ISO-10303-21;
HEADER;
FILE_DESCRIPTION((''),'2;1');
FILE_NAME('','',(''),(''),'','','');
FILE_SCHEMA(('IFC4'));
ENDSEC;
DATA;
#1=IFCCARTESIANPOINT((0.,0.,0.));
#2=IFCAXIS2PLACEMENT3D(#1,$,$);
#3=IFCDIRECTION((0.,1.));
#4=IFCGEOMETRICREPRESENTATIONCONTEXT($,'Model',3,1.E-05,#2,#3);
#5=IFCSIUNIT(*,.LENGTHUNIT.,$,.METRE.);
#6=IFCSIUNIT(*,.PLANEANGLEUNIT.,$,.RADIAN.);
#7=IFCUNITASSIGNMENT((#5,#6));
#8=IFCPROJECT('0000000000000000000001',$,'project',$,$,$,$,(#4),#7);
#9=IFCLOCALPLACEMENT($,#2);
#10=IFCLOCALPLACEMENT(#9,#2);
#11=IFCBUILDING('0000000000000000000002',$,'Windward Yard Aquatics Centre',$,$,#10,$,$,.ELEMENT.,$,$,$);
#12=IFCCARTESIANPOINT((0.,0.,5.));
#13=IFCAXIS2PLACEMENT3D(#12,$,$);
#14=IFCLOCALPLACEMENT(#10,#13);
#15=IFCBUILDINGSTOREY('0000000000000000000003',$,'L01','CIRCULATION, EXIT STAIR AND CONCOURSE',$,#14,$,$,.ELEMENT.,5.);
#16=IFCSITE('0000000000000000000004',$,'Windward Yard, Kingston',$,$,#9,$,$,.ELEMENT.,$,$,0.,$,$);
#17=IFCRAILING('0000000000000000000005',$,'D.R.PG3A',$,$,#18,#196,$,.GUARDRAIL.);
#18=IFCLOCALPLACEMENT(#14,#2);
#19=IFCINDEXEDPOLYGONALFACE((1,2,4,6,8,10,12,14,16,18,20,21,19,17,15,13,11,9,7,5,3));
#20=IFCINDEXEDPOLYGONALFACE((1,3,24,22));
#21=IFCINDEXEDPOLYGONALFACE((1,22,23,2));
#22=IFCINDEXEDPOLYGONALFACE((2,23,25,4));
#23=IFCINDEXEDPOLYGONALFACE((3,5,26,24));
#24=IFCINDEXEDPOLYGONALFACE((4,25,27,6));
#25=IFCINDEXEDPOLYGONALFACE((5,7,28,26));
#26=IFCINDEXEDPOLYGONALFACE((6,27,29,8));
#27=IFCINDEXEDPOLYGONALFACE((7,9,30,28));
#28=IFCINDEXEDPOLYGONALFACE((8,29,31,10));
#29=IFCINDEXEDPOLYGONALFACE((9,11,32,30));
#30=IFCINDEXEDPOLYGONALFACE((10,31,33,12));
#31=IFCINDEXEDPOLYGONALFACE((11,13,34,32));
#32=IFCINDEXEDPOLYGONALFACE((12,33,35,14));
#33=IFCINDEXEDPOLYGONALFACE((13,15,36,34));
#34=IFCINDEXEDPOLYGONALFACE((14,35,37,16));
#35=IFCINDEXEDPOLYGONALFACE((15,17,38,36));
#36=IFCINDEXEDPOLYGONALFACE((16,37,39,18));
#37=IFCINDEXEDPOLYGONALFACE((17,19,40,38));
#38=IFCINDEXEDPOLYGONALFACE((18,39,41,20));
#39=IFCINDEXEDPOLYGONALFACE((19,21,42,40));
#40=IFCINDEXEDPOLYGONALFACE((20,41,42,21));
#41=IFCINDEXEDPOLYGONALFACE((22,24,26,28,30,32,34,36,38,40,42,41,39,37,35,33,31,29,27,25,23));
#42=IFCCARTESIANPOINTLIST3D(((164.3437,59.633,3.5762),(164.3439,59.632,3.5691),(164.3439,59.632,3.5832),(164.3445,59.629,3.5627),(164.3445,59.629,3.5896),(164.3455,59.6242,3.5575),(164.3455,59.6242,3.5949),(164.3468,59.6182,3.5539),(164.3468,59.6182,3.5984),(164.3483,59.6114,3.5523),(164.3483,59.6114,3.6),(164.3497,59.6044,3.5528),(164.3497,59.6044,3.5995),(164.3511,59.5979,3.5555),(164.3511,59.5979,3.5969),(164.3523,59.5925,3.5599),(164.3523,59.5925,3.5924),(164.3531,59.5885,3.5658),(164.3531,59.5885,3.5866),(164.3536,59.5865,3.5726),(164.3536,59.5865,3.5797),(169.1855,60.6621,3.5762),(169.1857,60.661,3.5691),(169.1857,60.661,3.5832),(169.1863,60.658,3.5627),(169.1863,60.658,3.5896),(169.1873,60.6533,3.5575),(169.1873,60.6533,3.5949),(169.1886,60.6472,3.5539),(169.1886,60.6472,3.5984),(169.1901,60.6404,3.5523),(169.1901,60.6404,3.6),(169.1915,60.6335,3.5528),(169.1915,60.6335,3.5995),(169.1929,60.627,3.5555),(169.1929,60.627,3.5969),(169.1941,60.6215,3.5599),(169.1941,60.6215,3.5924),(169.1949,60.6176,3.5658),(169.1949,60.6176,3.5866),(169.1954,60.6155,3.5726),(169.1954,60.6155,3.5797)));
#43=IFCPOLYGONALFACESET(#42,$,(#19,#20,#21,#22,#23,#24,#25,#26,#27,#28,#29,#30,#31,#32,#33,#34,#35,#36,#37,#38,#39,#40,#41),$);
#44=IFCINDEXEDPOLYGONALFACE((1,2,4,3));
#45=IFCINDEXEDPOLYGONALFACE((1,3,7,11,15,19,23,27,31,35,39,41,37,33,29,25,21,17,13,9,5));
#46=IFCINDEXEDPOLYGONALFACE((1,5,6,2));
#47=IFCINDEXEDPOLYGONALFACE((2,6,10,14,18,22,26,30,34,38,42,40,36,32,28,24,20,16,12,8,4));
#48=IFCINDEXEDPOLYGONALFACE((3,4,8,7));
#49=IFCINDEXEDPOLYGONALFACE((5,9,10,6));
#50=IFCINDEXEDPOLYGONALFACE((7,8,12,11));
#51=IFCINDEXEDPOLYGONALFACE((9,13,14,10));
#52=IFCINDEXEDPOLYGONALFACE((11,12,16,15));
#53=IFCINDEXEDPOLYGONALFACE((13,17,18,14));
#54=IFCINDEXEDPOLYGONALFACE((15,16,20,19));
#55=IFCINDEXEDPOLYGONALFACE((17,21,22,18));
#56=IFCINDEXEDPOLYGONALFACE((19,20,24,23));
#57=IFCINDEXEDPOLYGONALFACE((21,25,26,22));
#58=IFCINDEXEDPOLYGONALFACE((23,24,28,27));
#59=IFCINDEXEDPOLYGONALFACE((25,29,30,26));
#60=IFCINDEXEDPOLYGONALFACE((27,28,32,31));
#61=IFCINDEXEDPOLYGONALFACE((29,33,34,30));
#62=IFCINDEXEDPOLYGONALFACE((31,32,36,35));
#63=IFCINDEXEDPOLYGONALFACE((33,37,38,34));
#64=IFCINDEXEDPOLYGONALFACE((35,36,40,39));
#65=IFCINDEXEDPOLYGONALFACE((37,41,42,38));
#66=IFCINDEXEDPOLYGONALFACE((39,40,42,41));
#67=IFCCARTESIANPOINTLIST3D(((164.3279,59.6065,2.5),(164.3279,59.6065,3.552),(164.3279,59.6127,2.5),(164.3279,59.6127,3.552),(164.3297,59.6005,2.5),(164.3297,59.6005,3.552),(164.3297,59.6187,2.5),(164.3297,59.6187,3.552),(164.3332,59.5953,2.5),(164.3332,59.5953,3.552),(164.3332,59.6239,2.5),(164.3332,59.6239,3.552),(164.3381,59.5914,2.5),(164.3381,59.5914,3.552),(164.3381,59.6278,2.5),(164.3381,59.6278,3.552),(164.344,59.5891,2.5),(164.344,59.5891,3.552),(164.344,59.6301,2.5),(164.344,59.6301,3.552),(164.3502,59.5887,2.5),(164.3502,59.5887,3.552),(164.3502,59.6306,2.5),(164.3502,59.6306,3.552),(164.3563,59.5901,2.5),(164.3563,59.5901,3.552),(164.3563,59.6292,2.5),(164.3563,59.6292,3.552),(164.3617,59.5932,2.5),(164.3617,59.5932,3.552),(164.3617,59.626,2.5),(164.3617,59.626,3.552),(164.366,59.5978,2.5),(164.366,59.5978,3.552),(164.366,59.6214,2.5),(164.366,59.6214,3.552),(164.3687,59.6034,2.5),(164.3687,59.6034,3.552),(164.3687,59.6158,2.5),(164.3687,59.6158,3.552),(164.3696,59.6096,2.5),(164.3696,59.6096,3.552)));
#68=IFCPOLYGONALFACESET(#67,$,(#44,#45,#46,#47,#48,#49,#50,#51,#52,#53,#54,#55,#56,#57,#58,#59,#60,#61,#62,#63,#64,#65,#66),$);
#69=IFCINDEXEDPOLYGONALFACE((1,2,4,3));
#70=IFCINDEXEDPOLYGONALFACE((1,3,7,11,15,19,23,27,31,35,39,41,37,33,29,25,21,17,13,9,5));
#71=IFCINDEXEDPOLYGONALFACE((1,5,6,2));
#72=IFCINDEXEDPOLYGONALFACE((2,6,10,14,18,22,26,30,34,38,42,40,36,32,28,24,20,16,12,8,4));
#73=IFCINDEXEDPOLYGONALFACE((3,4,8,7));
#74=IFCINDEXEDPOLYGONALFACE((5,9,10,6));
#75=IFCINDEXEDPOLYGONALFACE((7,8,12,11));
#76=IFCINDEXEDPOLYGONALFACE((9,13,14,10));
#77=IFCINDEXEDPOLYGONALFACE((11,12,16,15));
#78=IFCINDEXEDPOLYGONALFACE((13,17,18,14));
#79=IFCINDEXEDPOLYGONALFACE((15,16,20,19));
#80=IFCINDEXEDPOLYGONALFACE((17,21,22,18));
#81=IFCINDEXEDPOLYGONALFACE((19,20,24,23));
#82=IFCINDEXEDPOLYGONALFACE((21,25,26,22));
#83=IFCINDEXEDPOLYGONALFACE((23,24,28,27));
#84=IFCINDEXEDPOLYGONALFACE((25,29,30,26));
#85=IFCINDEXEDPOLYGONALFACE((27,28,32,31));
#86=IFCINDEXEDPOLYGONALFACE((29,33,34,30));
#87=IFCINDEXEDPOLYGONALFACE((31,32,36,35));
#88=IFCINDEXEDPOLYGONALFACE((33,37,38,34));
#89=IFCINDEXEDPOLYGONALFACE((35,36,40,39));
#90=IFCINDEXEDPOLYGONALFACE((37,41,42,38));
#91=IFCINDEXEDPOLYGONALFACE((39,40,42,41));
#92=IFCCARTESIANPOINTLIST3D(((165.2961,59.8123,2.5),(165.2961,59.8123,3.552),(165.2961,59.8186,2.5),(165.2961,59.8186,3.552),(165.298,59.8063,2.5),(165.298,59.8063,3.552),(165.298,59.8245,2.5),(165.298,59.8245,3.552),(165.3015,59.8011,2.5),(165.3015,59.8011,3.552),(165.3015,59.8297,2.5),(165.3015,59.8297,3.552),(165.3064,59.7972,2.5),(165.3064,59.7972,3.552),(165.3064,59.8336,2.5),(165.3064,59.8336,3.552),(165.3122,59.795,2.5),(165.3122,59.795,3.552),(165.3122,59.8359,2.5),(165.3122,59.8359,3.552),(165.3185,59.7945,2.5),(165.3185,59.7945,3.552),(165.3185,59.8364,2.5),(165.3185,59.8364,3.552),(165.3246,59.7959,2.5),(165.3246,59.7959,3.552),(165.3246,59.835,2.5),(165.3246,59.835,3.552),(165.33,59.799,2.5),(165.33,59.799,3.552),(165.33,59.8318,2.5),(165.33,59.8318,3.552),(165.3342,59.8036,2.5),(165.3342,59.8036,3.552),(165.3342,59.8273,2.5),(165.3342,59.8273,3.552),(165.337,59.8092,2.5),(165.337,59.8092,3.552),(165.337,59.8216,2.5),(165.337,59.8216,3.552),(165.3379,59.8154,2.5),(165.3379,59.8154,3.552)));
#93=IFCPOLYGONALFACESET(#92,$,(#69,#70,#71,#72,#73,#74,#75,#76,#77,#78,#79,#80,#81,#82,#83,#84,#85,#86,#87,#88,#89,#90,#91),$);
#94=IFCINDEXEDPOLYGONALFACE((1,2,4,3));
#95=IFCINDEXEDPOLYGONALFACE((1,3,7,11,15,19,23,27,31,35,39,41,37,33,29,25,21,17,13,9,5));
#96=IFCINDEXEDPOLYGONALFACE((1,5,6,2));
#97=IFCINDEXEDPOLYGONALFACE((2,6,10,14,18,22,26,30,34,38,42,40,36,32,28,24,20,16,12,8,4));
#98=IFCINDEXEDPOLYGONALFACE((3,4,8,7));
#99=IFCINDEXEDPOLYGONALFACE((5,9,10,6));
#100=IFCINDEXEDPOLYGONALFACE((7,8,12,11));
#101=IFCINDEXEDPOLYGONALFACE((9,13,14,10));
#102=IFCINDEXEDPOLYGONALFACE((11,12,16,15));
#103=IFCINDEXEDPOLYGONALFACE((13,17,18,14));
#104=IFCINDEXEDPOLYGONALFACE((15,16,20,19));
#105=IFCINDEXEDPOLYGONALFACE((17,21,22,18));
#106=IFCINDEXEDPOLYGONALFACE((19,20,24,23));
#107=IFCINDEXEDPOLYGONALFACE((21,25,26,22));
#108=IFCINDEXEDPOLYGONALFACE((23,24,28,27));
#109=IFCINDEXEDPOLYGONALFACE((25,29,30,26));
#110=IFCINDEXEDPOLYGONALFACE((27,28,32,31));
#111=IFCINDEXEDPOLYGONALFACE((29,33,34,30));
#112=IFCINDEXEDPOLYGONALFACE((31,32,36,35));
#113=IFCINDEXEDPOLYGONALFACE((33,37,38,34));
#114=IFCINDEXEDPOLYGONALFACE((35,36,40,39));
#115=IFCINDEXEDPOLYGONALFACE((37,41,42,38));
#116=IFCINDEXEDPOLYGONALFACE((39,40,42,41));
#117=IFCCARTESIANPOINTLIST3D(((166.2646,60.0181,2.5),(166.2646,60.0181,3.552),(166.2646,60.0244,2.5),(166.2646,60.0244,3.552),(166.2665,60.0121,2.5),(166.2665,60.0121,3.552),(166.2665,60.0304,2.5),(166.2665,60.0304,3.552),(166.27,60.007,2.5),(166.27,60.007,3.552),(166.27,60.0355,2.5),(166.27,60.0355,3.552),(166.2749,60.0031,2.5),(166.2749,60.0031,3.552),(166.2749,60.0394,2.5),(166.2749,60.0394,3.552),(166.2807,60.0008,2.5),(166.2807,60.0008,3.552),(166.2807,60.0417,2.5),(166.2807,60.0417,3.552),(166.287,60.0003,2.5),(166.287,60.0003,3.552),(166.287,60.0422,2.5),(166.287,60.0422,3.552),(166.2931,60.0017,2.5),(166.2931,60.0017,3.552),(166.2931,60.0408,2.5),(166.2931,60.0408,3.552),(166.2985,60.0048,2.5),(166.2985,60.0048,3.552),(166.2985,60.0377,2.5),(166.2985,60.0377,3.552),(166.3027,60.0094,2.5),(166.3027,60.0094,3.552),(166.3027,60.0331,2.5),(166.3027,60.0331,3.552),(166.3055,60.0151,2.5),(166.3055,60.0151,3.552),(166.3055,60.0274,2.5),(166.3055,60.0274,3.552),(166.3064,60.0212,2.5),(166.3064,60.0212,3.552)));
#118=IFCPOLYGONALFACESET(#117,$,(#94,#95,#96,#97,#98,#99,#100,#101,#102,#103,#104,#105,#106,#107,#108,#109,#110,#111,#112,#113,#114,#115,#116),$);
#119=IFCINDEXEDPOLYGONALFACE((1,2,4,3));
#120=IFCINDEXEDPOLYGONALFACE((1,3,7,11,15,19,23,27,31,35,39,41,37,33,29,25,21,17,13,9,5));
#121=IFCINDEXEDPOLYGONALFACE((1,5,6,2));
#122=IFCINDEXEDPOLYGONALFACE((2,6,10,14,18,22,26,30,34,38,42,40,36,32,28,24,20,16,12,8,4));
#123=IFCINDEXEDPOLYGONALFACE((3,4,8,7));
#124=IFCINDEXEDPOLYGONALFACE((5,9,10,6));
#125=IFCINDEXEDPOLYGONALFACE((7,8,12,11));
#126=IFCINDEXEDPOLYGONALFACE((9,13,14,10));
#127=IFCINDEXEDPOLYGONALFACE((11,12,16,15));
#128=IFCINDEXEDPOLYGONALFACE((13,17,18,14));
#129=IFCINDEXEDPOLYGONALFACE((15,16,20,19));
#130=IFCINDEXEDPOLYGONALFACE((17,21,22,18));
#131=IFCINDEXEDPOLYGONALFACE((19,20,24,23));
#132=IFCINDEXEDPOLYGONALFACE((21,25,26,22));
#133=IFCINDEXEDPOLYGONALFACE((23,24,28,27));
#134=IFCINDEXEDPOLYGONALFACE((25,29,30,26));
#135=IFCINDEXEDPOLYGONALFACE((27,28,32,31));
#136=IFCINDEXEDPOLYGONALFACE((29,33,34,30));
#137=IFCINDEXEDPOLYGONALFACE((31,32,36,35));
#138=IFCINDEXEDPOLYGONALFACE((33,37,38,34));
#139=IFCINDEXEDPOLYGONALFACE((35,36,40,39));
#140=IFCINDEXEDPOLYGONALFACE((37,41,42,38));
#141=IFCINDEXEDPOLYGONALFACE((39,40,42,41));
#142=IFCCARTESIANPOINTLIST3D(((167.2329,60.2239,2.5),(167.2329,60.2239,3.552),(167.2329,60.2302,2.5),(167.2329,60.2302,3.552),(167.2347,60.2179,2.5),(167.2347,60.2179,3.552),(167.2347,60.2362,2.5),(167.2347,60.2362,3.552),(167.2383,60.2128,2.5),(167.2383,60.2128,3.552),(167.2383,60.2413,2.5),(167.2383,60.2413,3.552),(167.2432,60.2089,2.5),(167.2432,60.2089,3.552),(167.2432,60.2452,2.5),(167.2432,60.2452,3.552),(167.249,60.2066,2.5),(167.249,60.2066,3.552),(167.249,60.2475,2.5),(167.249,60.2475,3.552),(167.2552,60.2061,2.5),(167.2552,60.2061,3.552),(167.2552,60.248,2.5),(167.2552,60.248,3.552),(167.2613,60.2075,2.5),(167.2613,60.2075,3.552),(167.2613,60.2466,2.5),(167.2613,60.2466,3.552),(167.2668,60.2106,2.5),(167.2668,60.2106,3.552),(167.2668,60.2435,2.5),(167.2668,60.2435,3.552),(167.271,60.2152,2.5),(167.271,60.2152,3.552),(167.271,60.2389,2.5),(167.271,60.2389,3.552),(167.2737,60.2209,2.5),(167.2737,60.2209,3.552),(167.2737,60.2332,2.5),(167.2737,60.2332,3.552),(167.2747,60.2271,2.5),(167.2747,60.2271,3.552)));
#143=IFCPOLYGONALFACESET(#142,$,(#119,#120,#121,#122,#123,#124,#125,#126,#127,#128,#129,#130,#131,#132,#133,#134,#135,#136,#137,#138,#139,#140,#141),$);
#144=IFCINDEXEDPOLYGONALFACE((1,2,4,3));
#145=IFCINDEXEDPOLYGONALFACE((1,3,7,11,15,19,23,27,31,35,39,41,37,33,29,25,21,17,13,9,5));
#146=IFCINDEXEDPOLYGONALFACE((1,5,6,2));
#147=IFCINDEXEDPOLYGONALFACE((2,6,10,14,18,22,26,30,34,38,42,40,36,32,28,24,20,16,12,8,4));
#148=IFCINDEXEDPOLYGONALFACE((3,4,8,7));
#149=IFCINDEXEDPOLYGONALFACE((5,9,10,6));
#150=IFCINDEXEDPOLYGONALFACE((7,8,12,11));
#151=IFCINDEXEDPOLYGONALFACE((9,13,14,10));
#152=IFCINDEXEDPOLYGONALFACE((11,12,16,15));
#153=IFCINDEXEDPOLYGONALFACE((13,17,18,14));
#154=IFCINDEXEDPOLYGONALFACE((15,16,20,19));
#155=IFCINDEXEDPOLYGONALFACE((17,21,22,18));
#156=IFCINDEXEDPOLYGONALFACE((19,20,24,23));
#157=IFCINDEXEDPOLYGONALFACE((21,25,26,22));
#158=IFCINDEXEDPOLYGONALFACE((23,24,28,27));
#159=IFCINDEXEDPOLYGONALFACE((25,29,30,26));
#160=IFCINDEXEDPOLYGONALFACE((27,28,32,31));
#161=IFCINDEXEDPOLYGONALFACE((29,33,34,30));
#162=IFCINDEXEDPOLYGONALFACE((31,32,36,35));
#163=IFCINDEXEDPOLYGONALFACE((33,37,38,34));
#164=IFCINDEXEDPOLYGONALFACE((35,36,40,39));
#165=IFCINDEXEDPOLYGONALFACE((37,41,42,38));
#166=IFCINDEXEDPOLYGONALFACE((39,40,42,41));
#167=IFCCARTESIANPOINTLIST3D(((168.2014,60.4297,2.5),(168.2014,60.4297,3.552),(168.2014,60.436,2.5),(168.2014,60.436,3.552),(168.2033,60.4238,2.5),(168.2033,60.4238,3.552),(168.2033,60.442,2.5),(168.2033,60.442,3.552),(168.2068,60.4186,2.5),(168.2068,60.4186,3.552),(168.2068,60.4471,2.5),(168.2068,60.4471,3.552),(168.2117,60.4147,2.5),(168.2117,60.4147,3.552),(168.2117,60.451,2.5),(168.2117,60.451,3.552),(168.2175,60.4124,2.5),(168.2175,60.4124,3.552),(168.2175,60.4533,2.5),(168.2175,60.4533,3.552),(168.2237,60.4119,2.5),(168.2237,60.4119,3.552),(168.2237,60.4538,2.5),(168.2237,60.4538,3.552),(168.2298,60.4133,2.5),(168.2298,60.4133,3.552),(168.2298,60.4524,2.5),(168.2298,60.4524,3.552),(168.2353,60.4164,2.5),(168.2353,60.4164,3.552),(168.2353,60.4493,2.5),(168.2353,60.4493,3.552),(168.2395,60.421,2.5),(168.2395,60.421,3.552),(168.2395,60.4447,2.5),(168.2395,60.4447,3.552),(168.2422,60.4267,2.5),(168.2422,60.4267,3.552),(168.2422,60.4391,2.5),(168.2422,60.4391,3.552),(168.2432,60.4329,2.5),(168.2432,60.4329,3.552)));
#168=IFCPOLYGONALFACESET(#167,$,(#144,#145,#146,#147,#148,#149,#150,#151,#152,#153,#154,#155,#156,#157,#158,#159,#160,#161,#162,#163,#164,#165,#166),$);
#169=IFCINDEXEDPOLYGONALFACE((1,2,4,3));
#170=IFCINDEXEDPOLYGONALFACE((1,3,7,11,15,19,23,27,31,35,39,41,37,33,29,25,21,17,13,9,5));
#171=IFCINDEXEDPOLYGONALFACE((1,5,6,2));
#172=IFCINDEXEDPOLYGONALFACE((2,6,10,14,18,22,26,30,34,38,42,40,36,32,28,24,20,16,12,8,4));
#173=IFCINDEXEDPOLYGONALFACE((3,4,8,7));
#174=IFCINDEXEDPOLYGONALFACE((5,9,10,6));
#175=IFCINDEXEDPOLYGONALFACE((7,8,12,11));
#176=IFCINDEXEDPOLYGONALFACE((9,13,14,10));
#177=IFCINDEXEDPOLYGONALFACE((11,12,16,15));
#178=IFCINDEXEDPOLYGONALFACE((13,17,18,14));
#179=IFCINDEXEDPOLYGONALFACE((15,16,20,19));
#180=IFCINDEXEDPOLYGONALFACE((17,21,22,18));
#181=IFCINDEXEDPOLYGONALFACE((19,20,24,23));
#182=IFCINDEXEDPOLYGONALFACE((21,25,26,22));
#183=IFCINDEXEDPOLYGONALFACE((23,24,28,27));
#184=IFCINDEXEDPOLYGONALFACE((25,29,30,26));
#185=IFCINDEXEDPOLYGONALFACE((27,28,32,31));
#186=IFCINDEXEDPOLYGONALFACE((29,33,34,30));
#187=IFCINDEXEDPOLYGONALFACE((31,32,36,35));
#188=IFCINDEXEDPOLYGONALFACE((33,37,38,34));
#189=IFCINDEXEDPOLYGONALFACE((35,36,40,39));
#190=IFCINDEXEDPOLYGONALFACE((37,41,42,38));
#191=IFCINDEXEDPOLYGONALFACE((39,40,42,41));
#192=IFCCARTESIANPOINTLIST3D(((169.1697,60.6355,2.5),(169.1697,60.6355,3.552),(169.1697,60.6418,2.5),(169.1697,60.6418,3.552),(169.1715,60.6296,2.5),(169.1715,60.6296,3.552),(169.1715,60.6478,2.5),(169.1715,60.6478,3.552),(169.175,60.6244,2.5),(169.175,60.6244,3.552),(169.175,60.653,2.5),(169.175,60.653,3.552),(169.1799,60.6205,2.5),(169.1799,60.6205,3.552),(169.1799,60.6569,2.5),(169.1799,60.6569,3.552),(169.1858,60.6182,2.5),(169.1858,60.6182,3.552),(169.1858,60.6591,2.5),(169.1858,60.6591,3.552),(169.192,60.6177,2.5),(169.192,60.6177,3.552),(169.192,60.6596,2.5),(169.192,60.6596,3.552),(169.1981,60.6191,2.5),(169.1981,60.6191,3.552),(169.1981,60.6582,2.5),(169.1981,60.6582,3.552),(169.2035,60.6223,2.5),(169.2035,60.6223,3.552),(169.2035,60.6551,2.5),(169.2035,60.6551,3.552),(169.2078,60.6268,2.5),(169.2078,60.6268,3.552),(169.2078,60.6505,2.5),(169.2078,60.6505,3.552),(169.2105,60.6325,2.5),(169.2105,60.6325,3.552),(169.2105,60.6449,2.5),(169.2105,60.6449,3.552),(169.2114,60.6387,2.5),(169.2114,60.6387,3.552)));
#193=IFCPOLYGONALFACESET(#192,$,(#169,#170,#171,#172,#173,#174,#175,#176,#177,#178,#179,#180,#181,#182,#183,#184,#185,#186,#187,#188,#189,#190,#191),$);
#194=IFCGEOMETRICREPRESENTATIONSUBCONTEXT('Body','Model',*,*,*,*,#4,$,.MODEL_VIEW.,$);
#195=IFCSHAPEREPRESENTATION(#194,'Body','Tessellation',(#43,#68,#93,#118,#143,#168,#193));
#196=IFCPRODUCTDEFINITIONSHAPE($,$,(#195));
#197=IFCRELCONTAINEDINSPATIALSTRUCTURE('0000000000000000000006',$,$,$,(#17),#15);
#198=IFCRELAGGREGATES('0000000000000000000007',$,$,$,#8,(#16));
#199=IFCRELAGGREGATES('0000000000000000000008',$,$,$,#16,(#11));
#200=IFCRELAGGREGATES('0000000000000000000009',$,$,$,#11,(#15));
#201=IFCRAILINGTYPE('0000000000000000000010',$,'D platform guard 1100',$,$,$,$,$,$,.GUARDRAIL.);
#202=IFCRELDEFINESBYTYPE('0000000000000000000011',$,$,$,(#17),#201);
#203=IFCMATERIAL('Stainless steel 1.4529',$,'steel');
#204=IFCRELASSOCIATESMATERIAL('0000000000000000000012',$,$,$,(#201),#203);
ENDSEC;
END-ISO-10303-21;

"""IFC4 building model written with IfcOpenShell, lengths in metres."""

from ifc_helpers import new_model, si_unit, direction, frame, origin, origin_2d, place, context, subcontext, project, spatial, circle, extrude, material, type_object, element, save


model = new_model("IFC4")

# Units and contexts
model_context = context("Model", 3, precision=1e-05, world=origin(), true_north=direction((0.0, 1.0)))
body_context = subcontext(model_context, "Body", "Model", "MODEL_VIEW")
ifc_project = project(units=[si_unit("LENGTHUNIT", "METRE"), si_unit("PLANEANGLEUNIT", "RADIAN")], contexts=[model_context])

# Site, building, storey
site_placement = place(None, origin())
site = spatial("IfcSite", under=ifc_project, at=site_placement, Name="Windward Yard, Kingston", CompositionType="ELEMENT", RefElevation=0.0)
building_placement = place(site_placement, origin())
building = spatial("IfcBuilding", under=site, at=building_placement, Name="Windward Yard Aquatics Centre", CompositionType="ELEMENT")
storey_placement = place(building_placement, frame((0.0, 0.0, 5.0)))
storey = spatial("IfcBuildingStorey", under=building, at=storey_placement, Name="L01", Description="CIRCULATION, EXIT STAIR AND CONCOURSE", CompositionType="ELEMENT", Elevation=5.0)

# Shared definitions
ifc_material_1 = material(Name="Stainless steel 1.4529", Category="steel")

# Railing
railing_type_1 = type_object("IfcRailingType", Name="D platform guard 1100", PredefinedType="GUARDRAIL", material=ifc_material_1)
railing_1_placement = place(storey_placement, frame((164.3486, 59.6096, 2.5)))
element("IfcRailing", 1, at=railing_1_placement, inside=storey, type_object=railing_type_1, Name="D.R.PG3A", PredefinedType="GUARDRAIL", context=body_context, shape_type="SweptSolid", body=[
    extrude(circle(Radius=0.0239, at=origin_2d()), frame((0.0, 0.0, 1.0762), z_axis=(0.978152, 0.207892, 0.0), x_axis=(-0.207892, 0.978152, 0.0)), (0.0, 0.0, 1.0), 4.95),
    extrude(circle(Radius=0.021, at=origin_2d()), origin(), (0.0, 0.0, 1.0), 1.052),
    extrude(circle(Radius=0.021, at=origin_2d()), frame((0.9683, 0.2058, 0.0)), (0.0, 0.0, 1.0), 1.052),
    extrude(circle(Radius=0.021, at=origin_2d()), frame((1.9368, 0.4116, 0.0)), (0.0, 0.0, 1.0), 1.052),
    extrude(circle(Radius=0.021, at=origin_2d()), frame((2.905, 0.6174, 0.0)), (0.0, 0.0, 1.0), 1.052),
    extrude(circle(Radius=0.021, at=origin_2d()), frame((3.8735, 0.8232, 0.0)), (0.0, 0.0, 1.0), 1.052),
    extrude(circle(Radius=0.021, at=origin_2d()), frame((4.8418, 1.0291, 0.0)), (0.0, 0.0, 1.0), 1.052),
])

save(model, "model.ifc")
